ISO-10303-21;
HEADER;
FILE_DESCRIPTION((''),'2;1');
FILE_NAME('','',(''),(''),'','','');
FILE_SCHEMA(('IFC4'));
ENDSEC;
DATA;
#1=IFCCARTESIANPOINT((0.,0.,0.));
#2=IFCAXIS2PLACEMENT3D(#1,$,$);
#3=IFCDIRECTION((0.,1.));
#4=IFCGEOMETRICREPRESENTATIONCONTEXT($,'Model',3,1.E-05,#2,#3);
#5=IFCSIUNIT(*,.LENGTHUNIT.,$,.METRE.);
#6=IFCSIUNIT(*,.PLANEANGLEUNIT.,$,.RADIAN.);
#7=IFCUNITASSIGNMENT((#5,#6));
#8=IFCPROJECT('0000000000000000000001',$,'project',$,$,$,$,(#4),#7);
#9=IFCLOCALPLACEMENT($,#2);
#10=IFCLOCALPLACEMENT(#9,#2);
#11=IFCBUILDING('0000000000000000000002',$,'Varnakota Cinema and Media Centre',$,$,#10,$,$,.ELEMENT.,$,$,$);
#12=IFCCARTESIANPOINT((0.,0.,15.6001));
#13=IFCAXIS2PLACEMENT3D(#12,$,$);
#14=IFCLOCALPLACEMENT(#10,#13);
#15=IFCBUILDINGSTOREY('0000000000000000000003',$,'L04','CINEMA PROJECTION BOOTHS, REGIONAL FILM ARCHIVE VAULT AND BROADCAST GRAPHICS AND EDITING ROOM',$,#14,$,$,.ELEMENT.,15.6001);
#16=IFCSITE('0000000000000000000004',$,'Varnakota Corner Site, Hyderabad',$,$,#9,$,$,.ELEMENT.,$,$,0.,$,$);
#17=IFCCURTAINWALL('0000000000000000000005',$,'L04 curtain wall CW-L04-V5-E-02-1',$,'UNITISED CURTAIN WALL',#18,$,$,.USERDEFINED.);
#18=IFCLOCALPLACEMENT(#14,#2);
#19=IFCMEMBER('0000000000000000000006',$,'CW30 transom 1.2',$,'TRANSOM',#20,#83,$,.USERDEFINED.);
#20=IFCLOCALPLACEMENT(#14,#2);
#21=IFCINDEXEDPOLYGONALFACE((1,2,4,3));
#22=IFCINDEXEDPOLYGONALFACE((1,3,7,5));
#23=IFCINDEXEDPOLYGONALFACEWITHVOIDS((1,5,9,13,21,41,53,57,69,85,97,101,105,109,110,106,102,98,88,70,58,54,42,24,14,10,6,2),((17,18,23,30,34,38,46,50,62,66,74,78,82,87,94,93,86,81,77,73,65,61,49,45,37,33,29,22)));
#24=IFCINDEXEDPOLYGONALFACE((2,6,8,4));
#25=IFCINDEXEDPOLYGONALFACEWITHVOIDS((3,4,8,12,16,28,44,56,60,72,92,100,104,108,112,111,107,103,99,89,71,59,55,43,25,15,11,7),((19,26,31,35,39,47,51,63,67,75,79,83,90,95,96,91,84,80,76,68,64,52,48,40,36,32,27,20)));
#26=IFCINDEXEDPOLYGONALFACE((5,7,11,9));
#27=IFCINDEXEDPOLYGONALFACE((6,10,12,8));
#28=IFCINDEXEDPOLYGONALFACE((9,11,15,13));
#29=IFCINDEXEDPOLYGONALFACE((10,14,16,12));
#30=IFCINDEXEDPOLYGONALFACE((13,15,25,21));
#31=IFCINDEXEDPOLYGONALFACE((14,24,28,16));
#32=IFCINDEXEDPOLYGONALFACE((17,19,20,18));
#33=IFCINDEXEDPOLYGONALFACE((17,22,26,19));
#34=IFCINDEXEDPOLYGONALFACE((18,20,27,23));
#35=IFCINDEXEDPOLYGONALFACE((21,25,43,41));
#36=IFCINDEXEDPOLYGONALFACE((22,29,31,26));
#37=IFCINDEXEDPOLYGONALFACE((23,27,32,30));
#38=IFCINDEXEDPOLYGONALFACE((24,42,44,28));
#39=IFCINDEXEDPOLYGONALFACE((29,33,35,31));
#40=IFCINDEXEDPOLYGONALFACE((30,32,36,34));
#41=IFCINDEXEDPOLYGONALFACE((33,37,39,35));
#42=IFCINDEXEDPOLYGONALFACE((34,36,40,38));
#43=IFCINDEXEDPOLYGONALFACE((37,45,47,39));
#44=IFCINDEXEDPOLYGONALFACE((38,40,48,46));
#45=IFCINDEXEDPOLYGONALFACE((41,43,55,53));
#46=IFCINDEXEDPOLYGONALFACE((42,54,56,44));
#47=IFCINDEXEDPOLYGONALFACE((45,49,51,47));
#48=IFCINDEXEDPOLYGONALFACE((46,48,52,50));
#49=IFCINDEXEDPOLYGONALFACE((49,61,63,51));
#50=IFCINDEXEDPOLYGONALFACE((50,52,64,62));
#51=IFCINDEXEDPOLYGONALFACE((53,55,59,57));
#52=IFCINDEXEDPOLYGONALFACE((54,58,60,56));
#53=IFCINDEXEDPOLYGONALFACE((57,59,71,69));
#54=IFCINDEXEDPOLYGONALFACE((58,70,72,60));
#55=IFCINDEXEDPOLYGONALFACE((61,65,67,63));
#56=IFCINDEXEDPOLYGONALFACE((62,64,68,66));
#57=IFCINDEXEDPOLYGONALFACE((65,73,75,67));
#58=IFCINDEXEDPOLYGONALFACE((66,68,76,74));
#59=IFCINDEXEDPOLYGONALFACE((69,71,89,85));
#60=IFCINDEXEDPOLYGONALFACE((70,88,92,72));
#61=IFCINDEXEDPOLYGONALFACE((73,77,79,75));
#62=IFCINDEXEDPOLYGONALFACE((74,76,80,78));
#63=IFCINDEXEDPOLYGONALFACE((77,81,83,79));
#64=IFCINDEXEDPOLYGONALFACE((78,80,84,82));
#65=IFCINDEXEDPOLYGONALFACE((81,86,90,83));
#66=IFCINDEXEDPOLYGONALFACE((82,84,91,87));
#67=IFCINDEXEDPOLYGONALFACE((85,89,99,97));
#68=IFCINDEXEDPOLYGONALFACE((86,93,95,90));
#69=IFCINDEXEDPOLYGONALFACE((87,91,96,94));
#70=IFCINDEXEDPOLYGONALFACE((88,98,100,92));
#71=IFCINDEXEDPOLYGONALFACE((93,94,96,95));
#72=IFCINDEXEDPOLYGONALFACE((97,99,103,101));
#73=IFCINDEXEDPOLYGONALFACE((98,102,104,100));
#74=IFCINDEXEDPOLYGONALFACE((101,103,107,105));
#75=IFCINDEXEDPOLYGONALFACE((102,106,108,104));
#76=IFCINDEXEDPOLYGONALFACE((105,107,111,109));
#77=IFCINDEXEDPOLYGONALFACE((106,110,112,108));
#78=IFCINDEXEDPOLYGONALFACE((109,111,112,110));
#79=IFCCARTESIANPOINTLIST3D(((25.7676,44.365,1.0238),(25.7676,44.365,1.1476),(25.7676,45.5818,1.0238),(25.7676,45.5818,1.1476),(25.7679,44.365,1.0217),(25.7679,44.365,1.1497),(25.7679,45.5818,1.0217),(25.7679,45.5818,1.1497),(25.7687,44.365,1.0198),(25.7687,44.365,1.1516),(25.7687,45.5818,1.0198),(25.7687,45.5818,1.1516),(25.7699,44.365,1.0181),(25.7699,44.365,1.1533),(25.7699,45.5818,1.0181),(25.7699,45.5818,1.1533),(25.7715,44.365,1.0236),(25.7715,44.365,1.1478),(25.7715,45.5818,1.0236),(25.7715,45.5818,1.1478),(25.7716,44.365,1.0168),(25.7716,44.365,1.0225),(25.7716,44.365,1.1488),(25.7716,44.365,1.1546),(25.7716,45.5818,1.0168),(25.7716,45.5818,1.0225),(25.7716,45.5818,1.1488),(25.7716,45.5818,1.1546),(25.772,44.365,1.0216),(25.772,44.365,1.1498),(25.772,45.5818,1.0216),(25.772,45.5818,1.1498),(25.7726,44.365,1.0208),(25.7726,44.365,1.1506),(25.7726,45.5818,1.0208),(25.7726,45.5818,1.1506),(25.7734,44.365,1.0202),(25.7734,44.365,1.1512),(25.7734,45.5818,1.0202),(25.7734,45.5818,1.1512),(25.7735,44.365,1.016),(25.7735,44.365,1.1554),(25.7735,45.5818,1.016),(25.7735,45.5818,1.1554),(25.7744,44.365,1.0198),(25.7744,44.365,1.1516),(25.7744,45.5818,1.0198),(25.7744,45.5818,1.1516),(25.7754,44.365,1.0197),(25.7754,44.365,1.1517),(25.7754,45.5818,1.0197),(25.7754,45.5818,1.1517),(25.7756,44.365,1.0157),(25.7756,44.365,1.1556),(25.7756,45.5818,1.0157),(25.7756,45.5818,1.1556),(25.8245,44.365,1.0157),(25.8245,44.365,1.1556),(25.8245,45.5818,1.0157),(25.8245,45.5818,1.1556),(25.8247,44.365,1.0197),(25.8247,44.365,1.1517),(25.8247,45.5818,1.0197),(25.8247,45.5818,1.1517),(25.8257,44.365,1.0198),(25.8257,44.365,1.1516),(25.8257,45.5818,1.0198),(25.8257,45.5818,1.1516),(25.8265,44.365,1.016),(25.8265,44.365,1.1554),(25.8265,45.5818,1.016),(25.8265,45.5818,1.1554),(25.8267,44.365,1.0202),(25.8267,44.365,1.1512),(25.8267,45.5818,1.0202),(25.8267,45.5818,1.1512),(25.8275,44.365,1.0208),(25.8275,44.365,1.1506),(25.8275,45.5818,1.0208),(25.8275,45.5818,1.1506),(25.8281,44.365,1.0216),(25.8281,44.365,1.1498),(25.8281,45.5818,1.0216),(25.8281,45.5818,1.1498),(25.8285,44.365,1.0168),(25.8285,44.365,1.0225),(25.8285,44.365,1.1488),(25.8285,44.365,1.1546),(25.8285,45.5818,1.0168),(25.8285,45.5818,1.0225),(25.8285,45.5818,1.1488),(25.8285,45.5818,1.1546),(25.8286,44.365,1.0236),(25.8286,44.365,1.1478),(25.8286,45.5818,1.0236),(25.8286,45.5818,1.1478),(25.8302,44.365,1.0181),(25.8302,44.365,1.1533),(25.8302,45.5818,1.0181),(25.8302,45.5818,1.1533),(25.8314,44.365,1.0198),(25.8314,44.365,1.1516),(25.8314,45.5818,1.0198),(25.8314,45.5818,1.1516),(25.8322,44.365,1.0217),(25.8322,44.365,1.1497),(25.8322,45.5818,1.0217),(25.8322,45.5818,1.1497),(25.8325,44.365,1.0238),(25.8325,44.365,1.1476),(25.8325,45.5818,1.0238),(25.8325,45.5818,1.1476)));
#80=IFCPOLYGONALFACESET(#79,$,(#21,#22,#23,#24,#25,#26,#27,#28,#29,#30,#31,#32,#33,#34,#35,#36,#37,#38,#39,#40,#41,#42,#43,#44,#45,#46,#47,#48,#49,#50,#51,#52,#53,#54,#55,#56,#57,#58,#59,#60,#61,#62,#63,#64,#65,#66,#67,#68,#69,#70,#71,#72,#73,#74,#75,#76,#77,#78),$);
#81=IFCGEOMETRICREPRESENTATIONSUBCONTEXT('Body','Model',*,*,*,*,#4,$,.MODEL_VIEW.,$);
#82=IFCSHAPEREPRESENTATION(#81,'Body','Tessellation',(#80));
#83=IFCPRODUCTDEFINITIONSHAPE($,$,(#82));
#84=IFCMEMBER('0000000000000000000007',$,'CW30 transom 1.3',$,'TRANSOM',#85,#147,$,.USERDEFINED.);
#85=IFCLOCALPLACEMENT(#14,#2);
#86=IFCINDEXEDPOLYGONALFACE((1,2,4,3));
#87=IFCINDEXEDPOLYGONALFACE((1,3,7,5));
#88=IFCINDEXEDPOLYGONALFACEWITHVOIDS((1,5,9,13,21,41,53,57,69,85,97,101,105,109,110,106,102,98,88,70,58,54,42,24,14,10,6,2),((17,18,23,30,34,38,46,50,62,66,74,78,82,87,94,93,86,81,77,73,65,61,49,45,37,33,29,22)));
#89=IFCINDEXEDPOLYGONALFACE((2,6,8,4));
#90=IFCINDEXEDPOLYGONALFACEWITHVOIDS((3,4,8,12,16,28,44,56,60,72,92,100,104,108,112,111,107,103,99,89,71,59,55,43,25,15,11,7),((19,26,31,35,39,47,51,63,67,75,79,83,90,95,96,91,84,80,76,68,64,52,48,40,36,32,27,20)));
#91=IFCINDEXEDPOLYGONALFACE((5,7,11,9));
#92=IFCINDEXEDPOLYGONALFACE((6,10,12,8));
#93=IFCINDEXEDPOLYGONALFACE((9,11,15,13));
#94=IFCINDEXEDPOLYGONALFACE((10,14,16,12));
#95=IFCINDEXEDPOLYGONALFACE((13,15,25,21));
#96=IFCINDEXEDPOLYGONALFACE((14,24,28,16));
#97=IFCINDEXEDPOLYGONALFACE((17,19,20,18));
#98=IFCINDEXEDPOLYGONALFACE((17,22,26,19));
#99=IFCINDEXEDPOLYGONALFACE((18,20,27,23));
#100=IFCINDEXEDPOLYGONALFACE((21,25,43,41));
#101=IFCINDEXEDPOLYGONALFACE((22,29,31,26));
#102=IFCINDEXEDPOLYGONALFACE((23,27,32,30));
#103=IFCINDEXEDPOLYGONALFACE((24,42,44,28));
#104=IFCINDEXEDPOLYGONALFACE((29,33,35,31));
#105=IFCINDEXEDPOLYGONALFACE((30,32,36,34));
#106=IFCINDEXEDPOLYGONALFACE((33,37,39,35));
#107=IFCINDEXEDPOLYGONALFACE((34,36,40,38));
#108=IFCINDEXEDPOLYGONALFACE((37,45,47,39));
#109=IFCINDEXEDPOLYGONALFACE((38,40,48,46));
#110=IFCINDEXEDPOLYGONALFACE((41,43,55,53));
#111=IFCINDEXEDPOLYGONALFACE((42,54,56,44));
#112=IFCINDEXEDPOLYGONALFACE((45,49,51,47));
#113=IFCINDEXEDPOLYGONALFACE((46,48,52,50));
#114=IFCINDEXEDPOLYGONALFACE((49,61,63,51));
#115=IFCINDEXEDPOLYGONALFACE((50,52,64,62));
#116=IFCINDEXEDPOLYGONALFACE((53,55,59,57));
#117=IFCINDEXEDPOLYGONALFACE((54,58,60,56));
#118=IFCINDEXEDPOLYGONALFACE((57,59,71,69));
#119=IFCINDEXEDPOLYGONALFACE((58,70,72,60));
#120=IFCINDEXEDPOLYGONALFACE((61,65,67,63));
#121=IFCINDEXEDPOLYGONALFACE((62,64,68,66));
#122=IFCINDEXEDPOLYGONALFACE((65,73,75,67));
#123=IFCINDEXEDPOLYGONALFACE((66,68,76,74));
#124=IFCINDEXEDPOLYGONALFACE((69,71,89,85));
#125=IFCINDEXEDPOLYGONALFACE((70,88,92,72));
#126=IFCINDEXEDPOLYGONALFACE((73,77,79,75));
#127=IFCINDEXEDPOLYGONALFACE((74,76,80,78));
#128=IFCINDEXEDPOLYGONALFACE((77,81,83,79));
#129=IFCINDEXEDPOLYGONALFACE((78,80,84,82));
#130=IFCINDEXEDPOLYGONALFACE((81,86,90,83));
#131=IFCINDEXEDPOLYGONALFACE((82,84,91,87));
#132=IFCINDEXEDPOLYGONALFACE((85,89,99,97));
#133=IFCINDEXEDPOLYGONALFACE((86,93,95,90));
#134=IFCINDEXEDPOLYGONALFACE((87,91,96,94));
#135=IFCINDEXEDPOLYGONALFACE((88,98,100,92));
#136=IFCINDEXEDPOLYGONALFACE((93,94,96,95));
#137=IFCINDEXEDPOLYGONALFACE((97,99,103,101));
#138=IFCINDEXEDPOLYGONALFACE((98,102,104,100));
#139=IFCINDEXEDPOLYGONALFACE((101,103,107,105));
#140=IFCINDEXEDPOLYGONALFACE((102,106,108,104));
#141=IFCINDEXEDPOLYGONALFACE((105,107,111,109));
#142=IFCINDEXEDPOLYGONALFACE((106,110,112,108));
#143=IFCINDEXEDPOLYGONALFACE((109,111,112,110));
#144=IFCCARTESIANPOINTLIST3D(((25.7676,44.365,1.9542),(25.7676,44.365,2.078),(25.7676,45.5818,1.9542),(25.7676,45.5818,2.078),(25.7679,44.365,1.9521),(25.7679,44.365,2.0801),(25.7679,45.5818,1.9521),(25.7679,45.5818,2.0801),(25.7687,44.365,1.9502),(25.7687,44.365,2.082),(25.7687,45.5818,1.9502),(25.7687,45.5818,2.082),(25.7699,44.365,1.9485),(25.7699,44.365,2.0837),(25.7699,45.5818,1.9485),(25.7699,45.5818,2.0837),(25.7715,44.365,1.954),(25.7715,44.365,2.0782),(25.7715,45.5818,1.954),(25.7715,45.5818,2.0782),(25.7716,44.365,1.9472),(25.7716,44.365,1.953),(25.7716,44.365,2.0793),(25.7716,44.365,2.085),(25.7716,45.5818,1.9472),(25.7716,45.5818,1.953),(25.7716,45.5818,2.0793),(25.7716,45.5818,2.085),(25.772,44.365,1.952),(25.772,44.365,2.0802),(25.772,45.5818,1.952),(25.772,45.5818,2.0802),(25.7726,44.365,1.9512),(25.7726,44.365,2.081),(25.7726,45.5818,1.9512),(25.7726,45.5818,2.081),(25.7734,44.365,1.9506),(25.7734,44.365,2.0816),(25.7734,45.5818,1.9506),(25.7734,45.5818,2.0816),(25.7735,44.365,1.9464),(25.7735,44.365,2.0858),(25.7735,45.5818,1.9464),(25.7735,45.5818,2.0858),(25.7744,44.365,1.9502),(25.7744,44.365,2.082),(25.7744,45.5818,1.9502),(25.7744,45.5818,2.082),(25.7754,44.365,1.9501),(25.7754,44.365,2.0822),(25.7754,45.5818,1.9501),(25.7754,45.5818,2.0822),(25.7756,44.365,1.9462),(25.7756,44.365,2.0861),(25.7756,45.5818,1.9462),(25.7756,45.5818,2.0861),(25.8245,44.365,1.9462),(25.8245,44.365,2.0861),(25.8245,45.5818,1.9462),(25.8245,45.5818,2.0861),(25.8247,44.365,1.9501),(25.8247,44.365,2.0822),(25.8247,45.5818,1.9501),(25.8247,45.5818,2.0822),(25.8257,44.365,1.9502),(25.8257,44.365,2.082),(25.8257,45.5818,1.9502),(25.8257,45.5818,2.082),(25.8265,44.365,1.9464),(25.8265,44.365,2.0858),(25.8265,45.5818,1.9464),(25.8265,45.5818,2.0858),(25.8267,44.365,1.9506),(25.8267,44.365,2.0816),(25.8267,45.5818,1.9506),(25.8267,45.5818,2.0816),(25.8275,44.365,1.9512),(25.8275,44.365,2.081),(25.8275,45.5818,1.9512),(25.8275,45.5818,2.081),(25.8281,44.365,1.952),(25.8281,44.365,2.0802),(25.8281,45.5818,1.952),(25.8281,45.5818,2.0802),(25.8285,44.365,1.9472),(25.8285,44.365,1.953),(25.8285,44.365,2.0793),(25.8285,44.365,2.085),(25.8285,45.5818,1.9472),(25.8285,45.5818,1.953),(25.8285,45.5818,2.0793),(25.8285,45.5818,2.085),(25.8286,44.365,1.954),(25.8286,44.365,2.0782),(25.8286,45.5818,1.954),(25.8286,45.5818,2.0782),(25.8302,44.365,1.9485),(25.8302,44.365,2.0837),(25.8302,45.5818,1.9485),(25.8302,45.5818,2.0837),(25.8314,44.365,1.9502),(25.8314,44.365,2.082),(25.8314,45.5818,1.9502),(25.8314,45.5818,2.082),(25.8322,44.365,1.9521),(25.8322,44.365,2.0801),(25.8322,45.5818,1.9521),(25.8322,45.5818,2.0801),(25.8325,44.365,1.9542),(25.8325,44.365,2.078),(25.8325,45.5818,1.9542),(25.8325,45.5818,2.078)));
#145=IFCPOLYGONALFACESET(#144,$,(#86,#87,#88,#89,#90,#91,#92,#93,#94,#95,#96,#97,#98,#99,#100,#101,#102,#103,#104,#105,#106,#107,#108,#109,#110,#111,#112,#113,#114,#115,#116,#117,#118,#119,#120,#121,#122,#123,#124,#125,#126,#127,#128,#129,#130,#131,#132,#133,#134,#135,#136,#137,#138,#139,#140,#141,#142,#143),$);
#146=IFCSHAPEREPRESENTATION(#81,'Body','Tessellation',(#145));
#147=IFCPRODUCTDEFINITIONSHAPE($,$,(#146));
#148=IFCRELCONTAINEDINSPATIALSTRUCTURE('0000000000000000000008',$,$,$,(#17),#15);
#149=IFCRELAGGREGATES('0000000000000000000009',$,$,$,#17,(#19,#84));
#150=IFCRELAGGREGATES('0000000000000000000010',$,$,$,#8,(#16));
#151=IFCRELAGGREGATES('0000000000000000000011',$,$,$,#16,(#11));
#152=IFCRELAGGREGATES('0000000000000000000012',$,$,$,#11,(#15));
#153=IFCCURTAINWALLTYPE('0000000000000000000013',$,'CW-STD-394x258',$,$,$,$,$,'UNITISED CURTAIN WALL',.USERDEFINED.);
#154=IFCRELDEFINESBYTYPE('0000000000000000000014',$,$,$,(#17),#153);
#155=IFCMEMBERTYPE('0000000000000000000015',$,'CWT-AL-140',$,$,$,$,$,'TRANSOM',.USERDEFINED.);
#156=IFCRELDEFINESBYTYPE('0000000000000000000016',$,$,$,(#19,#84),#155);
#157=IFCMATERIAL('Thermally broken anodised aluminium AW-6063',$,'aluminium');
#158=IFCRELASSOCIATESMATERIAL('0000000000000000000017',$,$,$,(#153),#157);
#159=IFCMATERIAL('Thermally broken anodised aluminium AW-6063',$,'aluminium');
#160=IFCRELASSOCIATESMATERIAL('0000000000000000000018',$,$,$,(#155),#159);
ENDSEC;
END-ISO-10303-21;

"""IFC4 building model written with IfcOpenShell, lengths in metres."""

from ifc_helpers import new_model, si_unit, direction, frame, origin, origin_2d, place, context, subcontext, project, spatial, hollow_rectangle, extrude, material, material_profile, profile_set, type_object, element, aggregate, save


model = new_model("IFC4")

# Units and contexts
model_context = context("Model", 3, precision=1e-05, world=origin(), true_north=direction((0.0, 1.0)))
body_context = subcontext(model_context, "Body", "Model", "MODEL_VIEW")
ifc_project = project(units=[si_unit("LENGTHUNIT", "METRE"), si_unit("PLANEANGLEUNIT", "RADIAN")], contexts=[model_context])

# Site, building, storey
site_placement = place(None, origin())
site = spatial("IfcSite", under=ifc_project, at=site_placement, Name="Varnakota Corner Site, Hyderabad", CompositionType="ELEMENT", RefElevation=0.0)
building_placement = place(site_placement, origin())
building = spatial("IfcBuilding", under=site, at=building_placement, Name="Varnakota Cinema and Media Centre", CompositionType="ELEMENT")
storey_placement = place(building_placement, frame((0.0, 0.0, 15.6001)))
storey = spatial("IfcBuildingStorey", under=building, at=storey_placement, Name="L04", Description="CINEMA PROJECTION BOOTHS, REGIONAL FILM ARCHIVE VAULT AND BROADCAST GRAPHICS AND EDITING ROOM", CompositionType="ELEMENT", Elevation=15.6001)

# Curtain wall, members
ifc_material_1 = material(Name="Thermally broken anodised aluminium AW-6063", Category="aluminium")
curtain_wall_type = type_object("IfcCurtainWallType", Name="CW-STD-394x258", ElementType="UNITISED CURTAIN WALL", PredefinedType="USERDEFINED", material=ifc_material_1)
curtain_wall_placement = place(storey_placement, origin())
curtain_wall = element("IfcCurtainWall", 1, at=curtain_wall_placement, inside=storey, type_object=curtain_wall_type, Name="L04 curtain wall CW-L04-V5-E-02-1", ObjectType="UNITISED CURTAIN WALL", PredefinedType="USERDEFINED")
ifc_material_2 = material(Name="Thermally broken anodised aluminium AW-6063", Category="aluminium")
ifc_material_profile_1 = material_profile(ifc_material_2, hollow_rectangle(XDim=0.0649, YDim=0.1399, WallThickness=0.0039, InnerFilletRadius=0.0039, OuterFilletRadius=0.0081, at=origin_2d()), Name="AL-TRANSOM 140x65x4")
ifc_profile_set_1 = profile_set([ifc_material_profile_1], Name="Thermally broken anodised aluminium AW-6063")
member_type_1 = type_object("IfcMemberType", Name="CWT-AL-140", ElementType="TRANSOM", PredefinedType="USERDEFINED", material=ifc_profile_set_1)
member_1_placement = place(storey_placement, frame((25.8, 44.365, 1.0857), z_axis=(0.0, 1.0, 0.0), x_axis=(-1.0, 0.0, 0.0)))
member_1 = element("IfcMember", 2, at=member_1_placement, type_object=member_type_1, Name="CW30 transom 1.2", ObjectType="TRANSOM", PredefinedType="USERDEFINED", context=body_context, shape_type="SweptSolid", body=[
    extrude(hollow_rectangle(XDim=0.0649, YDim=0.1399, WallThickness=0.0039, InnerFilletRadius=0.0039, OuterFilletRadius=0.0081, at=origin_2d()), origin(), (0.0, 0.0, 1.0), 1.2168),
])
member_2_placement = place(storey_placement, frame((25.8, 44.365, 2.0161), z_axis=(0.0, 1.0, 0.0), x_axis=(-1.0, 0.0, 0.0)))
member_2 = element("IfcMember", 3, at=member_2_placement, type_object=member_type_1, Name="CW30 transom 1.3", ObjectType="TRANSOM", PredefinedType="USERDEFINED", context=body_context, shape_type="SweptSolid", body=[
    extrude(hollow_rectangle(XDim=0.0649, YDim=0.1399, WallThickness=0.0039, InnerFilletRadius=0.0039, OuterFilletRadius=0.0081, at=origin_2d()), origin(), (0.0, 0.0, 1.0), 1.2168),
])
aggregate(curtain_wall, [member_1, member_2])

save(model, "model.ifc")
